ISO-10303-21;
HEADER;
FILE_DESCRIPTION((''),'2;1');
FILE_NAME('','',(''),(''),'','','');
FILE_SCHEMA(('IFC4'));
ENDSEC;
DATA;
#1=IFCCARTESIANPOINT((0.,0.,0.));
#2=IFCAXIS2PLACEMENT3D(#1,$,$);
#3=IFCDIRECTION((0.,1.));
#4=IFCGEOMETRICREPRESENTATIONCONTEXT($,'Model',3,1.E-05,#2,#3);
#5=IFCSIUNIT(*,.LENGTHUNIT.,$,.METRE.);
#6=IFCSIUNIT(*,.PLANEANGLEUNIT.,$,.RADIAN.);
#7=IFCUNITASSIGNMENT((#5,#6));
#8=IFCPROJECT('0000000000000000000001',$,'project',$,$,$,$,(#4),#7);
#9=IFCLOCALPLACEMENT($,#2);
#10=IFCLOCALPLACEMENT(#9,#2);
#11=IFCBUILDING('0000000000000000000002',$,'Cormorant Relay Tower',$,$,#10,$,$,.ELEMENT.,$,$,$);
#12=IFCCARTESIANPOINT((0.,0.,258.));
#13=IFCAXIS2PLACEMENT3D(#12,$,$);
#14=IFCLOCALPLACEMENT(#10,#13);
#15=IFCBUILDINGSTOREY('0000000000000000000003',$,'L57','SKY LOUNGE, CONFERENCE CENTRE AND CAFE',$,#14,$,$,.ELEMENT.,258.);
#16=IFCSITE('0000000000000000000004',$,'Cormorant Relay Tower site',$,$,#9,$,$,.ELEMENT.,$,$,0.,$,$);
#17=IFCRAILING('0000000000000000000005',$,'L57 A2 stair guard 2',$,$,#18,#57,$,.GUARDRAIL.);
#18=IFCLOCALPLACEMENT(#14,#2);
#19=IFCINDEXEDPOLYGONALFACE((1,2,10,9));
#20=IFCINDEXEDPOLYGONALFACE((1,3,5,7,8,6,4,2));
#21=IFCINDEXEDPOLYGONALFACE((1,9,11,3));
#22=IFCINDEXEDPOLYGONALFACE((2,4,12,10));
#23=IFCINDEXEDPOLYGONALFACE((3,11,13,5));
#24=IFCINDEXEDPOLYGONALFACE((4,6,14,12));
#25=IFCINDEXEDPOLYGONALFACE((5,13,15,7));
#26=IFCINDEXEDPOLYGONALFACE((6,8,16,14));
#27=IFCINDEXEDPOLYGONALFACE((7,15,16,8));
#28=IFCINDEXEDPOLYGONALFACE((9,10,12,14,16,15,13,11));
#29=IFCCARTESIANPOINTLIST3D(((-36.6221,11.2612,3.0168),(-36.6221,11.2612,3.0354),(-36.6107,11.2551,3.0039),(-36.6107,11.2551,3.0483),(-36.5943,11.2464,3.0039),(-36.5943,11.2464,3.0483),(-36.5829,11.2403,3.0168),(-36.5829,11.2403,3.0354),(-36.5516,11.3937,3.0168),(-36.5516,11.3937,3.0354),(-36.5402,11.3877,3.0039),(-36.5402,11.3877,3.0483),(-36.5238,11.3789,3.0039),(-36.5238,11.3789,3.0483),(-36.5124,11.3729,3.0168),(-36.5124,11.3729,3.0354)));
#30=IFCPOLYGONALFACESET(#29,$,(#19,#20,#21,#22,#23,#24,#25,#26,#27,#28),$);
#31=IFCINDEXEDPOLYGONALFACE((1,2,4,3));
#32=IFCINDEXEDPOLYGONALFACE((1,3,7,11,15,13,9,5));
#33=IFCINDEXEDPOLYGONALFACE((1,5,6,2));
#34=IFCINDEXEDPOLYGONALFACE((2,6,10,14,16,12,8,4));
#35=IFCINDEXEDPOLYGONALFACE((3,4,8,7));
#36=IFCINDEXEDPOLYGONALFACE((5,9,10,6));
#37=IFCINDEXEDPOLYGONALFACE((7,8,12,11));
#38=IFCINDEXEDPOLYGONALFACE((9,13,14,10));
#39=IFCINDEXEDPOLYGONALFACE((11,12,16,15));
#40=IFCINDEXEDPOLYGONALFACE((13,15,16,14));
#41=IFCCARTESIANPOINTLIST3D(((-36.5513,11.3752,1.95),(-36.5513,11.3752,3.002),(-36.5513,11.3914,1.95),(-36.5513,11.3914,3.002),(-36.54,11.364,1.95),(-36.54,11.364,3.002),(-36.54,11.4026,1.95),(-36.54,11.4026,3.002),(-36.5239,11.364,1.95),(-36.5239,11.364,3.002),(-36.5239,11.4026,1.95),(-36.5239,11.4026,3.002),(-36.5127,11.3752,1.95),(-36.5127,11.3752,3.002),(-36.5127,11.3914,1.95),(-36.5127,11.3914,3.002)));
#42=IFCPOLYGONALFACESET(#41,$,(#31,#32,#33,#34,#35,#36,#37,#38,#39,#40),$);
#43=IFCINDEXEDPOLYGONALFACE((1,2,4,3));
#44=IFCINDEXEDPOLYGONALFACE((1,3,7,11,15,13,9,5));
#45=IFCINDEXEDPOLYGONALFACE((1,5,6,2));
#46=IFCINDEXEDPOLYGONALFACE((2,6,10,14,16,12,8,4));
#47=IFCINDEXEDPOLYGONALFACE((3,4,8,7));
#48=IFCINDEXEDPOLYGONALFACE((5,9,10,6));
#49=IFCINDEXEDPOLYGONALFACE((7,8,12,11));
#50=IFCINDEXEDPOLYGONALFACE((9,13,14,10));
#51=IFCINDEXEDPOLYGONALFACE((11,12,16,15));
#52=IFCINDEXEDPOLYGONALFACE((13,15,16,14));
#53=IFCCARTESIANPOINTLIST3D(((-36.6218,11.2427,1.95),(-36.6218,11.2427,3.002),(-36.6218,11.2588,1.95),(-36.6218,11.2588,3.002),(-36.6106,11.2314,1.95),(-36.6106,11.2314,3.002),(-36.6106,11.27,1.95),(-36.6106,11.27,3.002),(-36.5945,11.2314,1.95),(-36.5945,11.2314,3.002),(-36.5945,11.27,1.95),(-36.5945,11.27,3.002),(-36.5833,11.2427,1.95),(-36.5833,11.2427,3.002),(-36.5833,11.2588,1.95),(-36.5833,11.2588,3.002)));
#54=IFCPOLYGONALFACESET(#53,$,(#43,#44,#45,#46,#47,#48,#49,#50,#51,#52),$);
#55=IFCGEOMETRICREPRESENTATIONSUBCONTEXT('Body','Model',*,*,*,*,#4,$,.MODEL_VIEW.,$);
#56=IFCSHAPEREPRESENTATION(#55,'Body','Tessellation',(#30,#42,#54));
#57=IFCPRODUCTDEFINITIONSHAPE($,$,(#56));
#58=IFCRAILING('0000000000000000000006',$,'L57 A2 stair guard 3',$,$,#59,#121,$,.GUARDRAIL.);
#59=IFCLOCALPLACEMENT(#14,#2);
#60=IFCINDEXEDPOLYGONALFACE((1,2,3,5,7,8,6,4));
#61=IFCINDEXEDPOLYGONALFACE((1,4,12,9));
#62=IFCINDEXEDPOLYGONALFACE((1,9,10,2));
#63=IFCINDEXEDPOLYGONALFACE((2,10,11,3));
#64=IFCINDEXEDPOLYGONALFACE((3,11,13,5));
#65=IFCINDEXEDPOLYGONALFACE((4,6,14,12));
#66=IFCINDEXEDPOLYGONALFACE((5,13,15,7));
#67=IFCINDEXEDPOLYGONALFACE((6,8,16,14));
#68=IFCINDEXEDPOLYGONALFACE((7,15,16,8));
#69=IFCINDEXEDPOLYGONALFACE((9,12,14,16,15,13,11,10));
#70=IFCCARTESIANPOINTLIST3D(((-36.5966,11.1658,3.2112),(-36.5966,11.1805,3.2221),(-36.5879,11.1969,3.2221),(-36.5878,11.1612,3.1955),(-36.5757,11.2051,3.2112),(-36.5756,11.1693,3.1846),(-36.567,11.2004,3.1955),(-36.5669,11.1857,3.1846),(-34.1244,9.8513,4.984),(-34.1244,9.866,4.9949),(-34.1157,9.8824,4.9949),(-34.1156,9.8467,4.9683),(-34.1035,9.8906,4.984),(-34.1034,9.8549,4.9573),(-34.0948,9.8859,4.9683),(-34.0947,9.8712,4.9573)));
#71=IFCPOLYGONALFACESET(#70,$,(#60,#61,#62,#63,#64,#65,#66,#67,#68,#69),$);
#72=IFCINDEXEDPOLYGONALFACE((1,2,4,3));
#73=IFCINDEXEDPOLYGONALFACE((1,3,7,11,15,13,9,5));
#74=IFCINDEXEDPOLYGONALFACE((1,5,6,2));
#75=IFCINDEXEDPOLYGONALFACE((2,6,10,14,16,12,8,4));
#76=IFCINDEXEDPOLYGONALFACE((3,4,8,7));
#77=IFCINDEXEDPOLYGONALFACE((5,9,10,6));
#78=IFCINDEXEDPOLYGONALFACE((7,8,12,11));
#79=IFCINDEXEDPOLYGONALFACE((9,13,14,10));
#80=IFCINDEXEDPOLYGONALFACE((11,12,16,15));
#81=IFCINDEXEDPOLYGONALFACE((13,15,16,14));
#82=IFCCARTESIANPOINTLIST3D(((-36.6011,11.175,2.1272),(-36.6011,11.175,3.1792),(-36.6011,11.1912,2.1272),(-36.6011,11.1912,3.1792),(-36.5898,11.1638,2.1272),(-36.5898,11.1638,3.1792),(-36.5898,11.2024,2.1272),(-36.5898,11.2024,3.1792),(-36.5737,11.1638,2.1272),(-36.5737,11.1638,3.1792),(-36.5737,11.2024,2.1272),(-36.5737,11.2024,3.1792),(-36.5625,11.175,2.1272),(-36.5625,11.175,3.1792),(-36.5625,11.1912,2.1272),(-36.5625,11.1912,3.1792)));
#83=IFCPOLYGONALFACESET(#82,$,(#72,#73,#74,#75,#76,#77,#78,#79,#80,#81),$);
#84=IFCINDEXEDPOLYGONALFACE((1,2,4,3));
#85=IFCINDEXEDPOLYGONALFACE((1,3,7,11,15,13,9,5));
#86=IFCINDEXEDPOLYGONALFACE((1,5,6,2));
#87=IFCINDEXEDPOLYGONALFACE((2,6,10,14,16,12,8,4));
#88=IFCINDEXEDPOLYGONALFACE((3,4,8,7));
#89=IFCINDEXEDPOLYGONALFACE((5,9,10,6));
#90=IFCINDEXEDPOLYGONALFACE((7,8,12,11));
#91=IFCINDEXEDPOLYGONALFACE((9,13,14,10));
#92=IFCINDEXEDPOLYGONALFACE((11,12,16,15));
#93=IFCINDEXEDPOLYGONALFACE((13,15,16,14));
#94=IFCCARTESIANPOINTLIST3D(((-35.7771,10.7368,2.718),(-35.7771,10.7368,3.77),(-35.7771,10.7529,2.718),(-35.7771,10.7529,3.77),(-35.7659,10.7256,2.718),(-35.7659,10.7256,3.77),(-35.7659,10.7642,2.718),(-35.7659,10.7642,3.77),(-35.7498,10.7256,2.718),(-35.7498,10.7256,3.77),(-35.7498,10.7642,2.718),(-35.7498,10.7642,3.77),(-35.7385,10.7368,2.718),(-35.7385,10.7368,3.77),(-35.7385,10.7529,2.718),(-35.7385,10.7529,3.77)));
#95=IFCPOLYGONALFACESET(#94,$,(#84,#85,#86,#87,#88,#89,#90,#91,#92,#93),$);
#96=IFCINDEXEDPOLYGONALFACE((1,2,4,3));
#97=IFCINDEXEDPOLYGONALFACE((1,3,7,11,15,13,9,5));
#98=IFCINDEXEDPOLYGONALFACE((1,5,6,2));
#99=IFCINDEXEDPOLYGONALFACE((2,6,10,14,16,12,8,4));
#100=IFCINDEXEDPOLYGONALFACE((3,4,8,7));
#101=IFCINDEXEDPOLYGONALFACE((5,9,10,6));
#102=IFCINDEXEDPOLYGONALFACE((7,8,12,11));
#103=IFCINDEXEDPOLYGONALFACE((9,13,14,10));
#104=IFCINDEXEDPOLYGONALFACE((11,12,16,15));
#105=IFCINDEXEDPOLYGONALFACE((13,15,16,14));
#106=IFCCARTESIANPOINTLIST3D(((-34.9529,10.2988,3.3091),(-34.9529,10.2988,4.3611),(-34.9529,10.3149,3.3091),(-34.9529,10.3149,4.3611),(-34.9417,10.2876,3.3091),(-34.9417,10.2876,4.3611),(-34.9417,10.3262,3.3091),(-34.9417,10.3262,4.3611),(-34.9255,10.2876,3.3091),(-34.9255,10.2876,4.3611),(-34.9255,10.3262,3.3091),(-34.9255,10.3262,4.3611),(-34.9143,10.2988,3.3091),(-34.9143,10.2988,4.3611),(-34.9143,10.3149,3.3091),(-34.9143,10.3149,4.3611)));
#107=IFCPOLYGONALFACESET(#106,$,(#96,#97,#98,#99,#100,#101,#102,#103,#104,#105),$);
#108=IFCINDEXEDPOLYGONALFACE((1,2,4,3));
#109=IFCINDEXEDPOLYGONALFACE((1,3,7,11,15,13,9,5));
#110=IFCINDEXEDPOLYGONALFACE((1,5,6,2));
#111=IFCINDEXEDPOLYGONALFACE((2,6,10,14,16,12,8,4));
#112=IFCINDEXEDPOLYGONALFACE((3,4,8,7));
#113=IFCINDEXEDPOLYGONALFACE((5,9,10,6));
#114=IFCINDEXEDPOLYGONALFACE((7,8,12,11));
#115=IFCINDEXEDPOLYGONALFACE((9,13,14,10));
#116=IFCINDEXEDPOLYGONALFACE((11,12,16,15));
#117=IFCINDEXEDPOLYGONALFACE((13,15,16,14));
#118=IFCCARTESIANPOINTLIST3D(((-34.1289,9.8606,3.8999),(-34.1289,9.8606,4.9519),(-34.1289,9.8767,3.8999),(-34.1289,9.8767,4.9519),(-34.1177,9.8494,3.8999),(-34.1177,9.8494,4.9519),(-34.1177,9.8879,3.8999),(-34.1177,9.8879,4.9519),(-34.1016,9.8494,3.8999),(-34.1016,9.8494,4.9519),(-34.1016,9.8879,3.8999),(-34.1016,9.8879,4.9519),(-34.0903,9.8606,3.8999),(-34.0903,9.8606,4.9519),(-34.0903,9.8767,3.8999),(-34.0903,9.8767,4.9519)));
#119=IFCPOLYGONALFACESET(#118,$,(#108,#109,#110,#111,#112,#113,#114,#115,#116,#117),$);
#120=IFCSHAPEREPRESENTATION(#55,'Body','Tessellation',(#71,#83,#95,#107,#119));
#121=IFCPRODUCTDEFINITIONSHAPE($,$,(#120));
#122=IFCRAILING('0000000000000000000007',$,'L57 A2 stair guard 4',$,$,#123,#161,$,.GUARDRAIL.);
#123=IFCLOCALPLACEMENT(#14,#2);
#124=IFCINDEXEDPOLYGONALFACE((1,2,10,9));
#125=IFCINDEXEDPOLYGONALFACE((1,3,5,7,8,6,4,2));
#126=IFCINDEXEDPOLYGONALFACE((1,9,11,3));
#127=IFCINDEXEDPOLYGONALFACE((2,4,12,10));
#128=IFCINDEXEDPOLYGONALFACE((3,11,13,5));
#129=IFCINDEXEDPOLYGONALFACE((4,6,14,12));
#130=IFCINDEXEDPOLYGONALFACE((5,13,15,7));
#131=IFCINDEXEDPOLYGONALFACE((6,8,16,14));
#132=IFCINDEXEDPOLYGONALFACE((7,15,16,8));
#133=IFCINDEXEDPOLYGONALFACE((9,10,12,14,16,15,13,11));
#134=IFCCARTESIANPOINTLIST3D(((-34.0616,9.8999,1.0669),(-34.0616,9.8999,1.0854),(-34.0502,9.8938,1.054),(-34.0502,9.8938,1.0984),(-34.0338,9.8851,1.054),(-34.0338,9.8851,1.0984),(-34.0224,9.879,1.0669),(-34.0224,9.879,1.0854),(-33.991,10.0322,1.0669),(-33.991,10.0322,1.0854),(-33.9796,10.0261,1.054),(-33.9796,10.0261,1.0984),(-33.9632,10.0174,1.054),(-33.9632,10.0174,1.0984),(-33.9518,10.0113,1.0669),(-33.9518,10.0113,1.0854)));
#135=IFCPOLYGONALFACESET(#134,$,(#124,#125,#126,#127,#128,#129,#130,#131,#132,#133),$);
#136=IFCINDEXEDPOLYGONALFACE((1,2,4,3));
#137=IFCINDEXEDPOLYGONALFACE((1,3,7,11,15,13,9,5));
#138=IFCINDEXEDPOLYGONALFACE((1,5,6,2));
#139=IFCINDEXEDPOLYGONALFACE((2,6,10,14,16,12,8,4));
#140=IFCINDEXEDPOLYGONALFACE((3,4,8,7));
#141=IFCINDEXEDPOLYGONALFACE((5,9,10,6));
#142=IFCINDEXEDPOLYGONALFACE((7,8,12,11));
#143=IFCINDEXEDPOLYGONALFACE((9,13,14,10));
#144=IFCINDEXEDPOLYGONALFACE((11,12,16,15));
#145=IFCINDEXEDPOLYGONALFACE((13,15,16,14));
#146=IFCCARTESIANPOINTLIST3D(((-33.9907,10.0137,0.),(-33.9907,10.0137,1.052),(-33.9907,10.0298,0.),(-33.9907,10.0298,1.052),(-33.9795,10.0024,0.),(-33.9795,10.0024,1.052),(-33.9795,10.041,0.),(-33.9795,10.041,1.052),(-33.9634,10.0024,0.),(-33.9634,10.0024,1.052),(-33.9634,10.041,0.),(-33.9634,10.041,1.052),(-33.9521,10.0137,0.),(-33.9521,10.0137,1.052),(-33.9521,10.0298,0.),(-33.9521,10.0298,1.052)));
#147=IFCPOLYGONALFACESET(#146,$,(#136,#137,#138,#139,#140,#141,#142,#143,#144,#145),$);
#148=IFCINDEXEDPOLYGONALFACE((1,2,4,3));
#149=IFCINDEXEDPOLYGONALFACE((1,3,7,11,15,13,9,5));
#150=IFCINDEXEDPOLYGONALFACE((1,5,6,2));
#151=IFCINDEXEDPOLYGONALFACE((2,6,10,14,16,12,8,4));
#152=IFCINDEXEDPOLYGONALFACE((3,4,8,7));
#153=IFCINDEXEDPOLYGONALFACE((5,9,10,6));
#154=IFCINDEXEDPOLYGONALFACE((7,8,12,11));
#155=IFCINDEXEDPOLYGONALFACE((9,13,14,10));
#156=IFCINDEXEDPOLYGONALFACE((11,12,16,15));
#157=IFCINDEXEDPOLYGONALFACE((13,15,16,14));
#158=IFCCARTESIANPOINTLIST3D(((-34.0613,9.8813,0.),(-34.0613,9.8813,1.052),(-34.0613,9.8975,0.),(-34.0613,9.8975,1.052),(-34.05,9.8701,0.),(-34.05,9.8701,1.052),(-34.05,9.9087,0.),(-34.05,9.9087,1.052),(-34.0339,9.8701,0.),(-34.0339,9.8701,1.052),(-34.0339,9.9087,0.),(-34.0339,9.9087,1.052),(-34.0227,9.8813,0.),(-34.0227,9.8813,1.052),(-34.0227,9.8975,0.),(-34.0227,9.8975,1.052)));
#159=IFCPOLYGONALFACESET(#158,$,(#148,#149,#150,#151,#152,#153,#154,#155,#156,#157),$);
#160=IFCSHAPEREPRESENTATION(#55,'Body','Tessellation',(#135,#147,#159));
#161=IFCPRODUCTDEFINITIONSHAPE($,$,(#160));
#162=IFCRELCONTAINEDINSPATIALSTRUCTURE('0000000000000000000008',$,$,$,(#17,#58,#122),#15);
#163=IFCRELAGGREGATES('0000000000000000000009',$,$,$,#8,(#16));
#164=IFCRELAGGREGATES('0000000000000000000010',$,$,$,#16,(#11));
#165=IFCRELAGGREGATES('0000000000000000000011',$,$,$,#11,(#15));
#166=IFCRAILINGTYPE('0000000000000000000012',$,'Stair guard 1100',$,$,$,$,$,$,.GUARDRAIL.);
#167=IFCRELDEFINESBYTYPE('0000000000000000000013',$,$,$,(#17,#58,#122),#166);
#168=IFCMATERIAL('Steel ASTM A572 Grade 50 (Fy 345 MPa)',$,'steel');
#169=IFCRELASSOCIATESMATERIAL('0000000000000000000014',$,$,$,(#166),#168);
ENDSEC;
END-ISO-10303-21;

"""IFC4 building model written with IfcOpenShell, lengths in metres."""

from ifc_helpers import new_model, si_unit, direction, frame, origin, place, context, subcontext, project, spatial, polyline, outline, extrude, material, type_object, element, save


model = new_model("IFC4")

# Units and contexts
model_context = context("Model", 3, precision=1e-05, world=origin(), true_north=direction((0.0, 1.0)))
body_context = subcontext(model_context, "Body", "Model", "MODEL_VIEW")
ifc_project = project(units=[si_unit("LENGTHUNIT", "METRE"), si_unit("PLANEANGLEUNIT", "RADIAN")], contexts=[model_context])

# Site, building, storey
site_placement = place(None, origin())
site = spatial("IfcSite", under=ifc_project, at=site_placement, Name="Cormorant Relay Tower site", CompositionType="ELEMENT", RefElevation=0.0)
building_placement = place(site_placement, origin())
building = spatial("IfcBuilding", under=site, at=building_placement, Name="Cormorant Relay Tower", CompositionType="ELEMENT")
storey_placement = place(building_placement, frame((0.0, 0.0, 258.0)))
storey = spatial("IfcBuildingStorey", under=building, at=storey_placement, Name="L57", Description="SKY LOUNGE, CONFERENCE CENTRE AND CAFE", CompositionType="ELEMENT", Elevation=258.0)

# Railings
ifc_material_1 = material(Name="Steel ASTM A572 Grade 50 (Fy 345 MPa)", Category="steel")
railing_type_1 = type_object("IfcRailingType", Name="Stair guard 1100", PredefinedType="GUARDRAIL", material=ifc_material_1)
railing_1_placement = place(storey_placement, frame((-36.532, 11.3833, 1.95)))
element("IfcRailing", 1, at=railing_1_placement, inside=storey, type_object=railing_type_1, Name="L57 A2 stair guard 2", PredefinedType="GUARDRAIL", context=body_context, shape_type="SweptSolid", body=[
    extrude(outline(polyline([(0.0222, 0.0093), (0.0093, 0.0222), (-0.0093, 0.0222), (-0.0222, 0.0093), (-0.0222, -0.0093), (-0.0093, -0.0222), (0.0093, -0.0222), (0.0222, -0.0093), (0.0222, 0.0093)])), frame((0.0, 0.0, 1.0762), z_axis=(-0.469829, -0.882758, 0.0), x_axis=(0.882758, -0.469829, 0.0)), (0.0, 0.0, 1.0), 0.1501),
    extrude(outline(polyline([(0.0193, 0.0081), (0.0081, 0.0193), (-0.0081, 0.0193), (-0.0193, 0.0081), (-0.0193, -0.0081), (-0.0081, -0.0193), (0.0081, -0.0193), (0.0193, -0.0081), (0.0193, 0.0081)])), origin(), (0.0, 0.0, 1.0), 1.052),
    extrude(outline(polyline([(0.0193, 0.0081), (0.0081, 0.0193), (-0.0081, 0.0193), (-0.0193, 0.0081), (-0.0193, -0.0081), (-0.0081, -0.0193), (0.0081, -0.0193), (0.0193, -0.0081), (0.0193, 0.0081)])), frame((-0.0706, -0.1326, 0.0)), (0.0, 0.0, 1.0), 1.052),
])
railing_2_placement = place(storey_placement, frame((-36.5818, 11.1831, 2.1272)))
element("IfcRailing", 2, at=railing_2_placement, inside=storey, type_object=railing_type_1, Name="L57 A2 stair guard 3", PredefinedType="GUARDRAIL", context=body_context, shape_type="SweptSolid", body=[
    extrude(outline(polyline([(0.0222, 0.0093), (0.0093, 0.0222), (-0.0093, 0.0222), (-0.0222, 0.0093), (-0.0222, -0.0093), (-0.0093, -0.0222), (0.0093, -0.0222), (0.0222, -0.0093), (0.0222, 0.0093)])), frame((0.0, 0.0, 1.0762), z_axis=(0.746001, -0.396649, 0.534931), x_axis=(0.469465, 0.882951, 0.0)), (0.0, 0.0, 1.0), 3.314),
    extrude(outline(polyline([(0.0193, 0.0081), (0.0081, 0.0193), (-0.0081, 0.0193), (-0.0193, 0.0081), (-0.0193, -0.0081), (-0.0081, -0.0193), (0.0081, -0.0193), (0.0193, -0.0081), (0.0193, 0.0081)])), origin(), (0.0, 0.0, 1.0), 1.052),
    extrude(outline(polyline([(0.0193, 0.0081), (0.0081, 0.0193), (-0.0081, 0.0193), (-0.0193, 0.0081), (-0.0193, -0.0081), (-0.0081, -0.0193), (0.0081, -0.0193), (0.0193, -0.0081), (0.0193, 0.0081)])), frame((0.824, -0.4382, 0.5908)), (0.0, 0.0, 1.0), 1.052),
    extrude(outline(polyline([(0.0193, 0.0081), (0.0081, 0.0193), (-0.0081, 0.0193), (-0.0193, 0.0081), (-0.0193, -0.0081), (-0.0081, -0.0193), (0.0081, -0.0193), (0.0193, -0.0081), (0.0193, 0.0081)])), frame((1.6482, -0.8762, 1.1819)), (0.0, 0.0, 1.0), 1.052),
    extrude(outline(polyline([(0.0193, 0.0081), (0.0081, 0.0193), (-0.0081, 0.0193), (-0.0193, 0.0081), (-0.0193, -0.0081), (-0.0081, -0.0193), (0.0081, -0.0193), (0.0193, -0.0081), (0.0193, 0.0081)])), frame((2.4722, -1.3145, 1.7727)), (0.0, 0.0, 1.0), 1.052),
])
railing_3_placement = place(storey_placement, frame((-33.9714, 10.0217, 0.0)))
element("IfcRailing", 3, at=railing_3_placement, inside=storey, type_object=railing_type_1, Name="L57 A2 stair guard 4", PredefinedType="GUARDRAIL", context=body_context, shape_type="SweptSolid", body=[
    extrude(outline(polyline([(0.0222, 0.0093), (0.0093, 0.0222), (-0.0093, 0.0222), (-0.0222, 0.0093), (-0.0222, -0.0093), (-0.0093, -0.0222), (0.0093, -0.0222), (0.0222, -0.0093), (0.0222, 0.0093)])), frame((0.0, 0.0, 1.0762), z_axis=(-0.470504, -0.882398, 0.0), x_axis=(0.882398, -0.470504, 0.0)), (0.0, 0.0, 1.0), 0.1499),
    extrude(outline(polyline([(0.0193, 0.0081), (0.0081, 0.0193), (-0.0081, 0.0193), (-0.0193, 0.0081), (-0.0193, -0.0081), (-0.0081, -0.0193), (0.0081, -0.0193), (0.0193, -0.0081), (0.0193, 0.0081)])), origin(), (0.0, 0.0, 1.0), 1.052),
    extrude(outline(polyline([(0.0193, 0.0081), (0.0081, 0.0193), (-0.0081, 0.0193), (-0.0193, 0.0081), (-0.0193, -0.0081), (-0.0081, -0.0193), (0.0081, -0.0193), (0.0193, -0.0081), (0.0193, 0.0081)])), frame((-0.0706, -0.1323, 0.0)), (0.0, 0.0, 1.0), 1.052),
])

save(model, "model.ifc")
